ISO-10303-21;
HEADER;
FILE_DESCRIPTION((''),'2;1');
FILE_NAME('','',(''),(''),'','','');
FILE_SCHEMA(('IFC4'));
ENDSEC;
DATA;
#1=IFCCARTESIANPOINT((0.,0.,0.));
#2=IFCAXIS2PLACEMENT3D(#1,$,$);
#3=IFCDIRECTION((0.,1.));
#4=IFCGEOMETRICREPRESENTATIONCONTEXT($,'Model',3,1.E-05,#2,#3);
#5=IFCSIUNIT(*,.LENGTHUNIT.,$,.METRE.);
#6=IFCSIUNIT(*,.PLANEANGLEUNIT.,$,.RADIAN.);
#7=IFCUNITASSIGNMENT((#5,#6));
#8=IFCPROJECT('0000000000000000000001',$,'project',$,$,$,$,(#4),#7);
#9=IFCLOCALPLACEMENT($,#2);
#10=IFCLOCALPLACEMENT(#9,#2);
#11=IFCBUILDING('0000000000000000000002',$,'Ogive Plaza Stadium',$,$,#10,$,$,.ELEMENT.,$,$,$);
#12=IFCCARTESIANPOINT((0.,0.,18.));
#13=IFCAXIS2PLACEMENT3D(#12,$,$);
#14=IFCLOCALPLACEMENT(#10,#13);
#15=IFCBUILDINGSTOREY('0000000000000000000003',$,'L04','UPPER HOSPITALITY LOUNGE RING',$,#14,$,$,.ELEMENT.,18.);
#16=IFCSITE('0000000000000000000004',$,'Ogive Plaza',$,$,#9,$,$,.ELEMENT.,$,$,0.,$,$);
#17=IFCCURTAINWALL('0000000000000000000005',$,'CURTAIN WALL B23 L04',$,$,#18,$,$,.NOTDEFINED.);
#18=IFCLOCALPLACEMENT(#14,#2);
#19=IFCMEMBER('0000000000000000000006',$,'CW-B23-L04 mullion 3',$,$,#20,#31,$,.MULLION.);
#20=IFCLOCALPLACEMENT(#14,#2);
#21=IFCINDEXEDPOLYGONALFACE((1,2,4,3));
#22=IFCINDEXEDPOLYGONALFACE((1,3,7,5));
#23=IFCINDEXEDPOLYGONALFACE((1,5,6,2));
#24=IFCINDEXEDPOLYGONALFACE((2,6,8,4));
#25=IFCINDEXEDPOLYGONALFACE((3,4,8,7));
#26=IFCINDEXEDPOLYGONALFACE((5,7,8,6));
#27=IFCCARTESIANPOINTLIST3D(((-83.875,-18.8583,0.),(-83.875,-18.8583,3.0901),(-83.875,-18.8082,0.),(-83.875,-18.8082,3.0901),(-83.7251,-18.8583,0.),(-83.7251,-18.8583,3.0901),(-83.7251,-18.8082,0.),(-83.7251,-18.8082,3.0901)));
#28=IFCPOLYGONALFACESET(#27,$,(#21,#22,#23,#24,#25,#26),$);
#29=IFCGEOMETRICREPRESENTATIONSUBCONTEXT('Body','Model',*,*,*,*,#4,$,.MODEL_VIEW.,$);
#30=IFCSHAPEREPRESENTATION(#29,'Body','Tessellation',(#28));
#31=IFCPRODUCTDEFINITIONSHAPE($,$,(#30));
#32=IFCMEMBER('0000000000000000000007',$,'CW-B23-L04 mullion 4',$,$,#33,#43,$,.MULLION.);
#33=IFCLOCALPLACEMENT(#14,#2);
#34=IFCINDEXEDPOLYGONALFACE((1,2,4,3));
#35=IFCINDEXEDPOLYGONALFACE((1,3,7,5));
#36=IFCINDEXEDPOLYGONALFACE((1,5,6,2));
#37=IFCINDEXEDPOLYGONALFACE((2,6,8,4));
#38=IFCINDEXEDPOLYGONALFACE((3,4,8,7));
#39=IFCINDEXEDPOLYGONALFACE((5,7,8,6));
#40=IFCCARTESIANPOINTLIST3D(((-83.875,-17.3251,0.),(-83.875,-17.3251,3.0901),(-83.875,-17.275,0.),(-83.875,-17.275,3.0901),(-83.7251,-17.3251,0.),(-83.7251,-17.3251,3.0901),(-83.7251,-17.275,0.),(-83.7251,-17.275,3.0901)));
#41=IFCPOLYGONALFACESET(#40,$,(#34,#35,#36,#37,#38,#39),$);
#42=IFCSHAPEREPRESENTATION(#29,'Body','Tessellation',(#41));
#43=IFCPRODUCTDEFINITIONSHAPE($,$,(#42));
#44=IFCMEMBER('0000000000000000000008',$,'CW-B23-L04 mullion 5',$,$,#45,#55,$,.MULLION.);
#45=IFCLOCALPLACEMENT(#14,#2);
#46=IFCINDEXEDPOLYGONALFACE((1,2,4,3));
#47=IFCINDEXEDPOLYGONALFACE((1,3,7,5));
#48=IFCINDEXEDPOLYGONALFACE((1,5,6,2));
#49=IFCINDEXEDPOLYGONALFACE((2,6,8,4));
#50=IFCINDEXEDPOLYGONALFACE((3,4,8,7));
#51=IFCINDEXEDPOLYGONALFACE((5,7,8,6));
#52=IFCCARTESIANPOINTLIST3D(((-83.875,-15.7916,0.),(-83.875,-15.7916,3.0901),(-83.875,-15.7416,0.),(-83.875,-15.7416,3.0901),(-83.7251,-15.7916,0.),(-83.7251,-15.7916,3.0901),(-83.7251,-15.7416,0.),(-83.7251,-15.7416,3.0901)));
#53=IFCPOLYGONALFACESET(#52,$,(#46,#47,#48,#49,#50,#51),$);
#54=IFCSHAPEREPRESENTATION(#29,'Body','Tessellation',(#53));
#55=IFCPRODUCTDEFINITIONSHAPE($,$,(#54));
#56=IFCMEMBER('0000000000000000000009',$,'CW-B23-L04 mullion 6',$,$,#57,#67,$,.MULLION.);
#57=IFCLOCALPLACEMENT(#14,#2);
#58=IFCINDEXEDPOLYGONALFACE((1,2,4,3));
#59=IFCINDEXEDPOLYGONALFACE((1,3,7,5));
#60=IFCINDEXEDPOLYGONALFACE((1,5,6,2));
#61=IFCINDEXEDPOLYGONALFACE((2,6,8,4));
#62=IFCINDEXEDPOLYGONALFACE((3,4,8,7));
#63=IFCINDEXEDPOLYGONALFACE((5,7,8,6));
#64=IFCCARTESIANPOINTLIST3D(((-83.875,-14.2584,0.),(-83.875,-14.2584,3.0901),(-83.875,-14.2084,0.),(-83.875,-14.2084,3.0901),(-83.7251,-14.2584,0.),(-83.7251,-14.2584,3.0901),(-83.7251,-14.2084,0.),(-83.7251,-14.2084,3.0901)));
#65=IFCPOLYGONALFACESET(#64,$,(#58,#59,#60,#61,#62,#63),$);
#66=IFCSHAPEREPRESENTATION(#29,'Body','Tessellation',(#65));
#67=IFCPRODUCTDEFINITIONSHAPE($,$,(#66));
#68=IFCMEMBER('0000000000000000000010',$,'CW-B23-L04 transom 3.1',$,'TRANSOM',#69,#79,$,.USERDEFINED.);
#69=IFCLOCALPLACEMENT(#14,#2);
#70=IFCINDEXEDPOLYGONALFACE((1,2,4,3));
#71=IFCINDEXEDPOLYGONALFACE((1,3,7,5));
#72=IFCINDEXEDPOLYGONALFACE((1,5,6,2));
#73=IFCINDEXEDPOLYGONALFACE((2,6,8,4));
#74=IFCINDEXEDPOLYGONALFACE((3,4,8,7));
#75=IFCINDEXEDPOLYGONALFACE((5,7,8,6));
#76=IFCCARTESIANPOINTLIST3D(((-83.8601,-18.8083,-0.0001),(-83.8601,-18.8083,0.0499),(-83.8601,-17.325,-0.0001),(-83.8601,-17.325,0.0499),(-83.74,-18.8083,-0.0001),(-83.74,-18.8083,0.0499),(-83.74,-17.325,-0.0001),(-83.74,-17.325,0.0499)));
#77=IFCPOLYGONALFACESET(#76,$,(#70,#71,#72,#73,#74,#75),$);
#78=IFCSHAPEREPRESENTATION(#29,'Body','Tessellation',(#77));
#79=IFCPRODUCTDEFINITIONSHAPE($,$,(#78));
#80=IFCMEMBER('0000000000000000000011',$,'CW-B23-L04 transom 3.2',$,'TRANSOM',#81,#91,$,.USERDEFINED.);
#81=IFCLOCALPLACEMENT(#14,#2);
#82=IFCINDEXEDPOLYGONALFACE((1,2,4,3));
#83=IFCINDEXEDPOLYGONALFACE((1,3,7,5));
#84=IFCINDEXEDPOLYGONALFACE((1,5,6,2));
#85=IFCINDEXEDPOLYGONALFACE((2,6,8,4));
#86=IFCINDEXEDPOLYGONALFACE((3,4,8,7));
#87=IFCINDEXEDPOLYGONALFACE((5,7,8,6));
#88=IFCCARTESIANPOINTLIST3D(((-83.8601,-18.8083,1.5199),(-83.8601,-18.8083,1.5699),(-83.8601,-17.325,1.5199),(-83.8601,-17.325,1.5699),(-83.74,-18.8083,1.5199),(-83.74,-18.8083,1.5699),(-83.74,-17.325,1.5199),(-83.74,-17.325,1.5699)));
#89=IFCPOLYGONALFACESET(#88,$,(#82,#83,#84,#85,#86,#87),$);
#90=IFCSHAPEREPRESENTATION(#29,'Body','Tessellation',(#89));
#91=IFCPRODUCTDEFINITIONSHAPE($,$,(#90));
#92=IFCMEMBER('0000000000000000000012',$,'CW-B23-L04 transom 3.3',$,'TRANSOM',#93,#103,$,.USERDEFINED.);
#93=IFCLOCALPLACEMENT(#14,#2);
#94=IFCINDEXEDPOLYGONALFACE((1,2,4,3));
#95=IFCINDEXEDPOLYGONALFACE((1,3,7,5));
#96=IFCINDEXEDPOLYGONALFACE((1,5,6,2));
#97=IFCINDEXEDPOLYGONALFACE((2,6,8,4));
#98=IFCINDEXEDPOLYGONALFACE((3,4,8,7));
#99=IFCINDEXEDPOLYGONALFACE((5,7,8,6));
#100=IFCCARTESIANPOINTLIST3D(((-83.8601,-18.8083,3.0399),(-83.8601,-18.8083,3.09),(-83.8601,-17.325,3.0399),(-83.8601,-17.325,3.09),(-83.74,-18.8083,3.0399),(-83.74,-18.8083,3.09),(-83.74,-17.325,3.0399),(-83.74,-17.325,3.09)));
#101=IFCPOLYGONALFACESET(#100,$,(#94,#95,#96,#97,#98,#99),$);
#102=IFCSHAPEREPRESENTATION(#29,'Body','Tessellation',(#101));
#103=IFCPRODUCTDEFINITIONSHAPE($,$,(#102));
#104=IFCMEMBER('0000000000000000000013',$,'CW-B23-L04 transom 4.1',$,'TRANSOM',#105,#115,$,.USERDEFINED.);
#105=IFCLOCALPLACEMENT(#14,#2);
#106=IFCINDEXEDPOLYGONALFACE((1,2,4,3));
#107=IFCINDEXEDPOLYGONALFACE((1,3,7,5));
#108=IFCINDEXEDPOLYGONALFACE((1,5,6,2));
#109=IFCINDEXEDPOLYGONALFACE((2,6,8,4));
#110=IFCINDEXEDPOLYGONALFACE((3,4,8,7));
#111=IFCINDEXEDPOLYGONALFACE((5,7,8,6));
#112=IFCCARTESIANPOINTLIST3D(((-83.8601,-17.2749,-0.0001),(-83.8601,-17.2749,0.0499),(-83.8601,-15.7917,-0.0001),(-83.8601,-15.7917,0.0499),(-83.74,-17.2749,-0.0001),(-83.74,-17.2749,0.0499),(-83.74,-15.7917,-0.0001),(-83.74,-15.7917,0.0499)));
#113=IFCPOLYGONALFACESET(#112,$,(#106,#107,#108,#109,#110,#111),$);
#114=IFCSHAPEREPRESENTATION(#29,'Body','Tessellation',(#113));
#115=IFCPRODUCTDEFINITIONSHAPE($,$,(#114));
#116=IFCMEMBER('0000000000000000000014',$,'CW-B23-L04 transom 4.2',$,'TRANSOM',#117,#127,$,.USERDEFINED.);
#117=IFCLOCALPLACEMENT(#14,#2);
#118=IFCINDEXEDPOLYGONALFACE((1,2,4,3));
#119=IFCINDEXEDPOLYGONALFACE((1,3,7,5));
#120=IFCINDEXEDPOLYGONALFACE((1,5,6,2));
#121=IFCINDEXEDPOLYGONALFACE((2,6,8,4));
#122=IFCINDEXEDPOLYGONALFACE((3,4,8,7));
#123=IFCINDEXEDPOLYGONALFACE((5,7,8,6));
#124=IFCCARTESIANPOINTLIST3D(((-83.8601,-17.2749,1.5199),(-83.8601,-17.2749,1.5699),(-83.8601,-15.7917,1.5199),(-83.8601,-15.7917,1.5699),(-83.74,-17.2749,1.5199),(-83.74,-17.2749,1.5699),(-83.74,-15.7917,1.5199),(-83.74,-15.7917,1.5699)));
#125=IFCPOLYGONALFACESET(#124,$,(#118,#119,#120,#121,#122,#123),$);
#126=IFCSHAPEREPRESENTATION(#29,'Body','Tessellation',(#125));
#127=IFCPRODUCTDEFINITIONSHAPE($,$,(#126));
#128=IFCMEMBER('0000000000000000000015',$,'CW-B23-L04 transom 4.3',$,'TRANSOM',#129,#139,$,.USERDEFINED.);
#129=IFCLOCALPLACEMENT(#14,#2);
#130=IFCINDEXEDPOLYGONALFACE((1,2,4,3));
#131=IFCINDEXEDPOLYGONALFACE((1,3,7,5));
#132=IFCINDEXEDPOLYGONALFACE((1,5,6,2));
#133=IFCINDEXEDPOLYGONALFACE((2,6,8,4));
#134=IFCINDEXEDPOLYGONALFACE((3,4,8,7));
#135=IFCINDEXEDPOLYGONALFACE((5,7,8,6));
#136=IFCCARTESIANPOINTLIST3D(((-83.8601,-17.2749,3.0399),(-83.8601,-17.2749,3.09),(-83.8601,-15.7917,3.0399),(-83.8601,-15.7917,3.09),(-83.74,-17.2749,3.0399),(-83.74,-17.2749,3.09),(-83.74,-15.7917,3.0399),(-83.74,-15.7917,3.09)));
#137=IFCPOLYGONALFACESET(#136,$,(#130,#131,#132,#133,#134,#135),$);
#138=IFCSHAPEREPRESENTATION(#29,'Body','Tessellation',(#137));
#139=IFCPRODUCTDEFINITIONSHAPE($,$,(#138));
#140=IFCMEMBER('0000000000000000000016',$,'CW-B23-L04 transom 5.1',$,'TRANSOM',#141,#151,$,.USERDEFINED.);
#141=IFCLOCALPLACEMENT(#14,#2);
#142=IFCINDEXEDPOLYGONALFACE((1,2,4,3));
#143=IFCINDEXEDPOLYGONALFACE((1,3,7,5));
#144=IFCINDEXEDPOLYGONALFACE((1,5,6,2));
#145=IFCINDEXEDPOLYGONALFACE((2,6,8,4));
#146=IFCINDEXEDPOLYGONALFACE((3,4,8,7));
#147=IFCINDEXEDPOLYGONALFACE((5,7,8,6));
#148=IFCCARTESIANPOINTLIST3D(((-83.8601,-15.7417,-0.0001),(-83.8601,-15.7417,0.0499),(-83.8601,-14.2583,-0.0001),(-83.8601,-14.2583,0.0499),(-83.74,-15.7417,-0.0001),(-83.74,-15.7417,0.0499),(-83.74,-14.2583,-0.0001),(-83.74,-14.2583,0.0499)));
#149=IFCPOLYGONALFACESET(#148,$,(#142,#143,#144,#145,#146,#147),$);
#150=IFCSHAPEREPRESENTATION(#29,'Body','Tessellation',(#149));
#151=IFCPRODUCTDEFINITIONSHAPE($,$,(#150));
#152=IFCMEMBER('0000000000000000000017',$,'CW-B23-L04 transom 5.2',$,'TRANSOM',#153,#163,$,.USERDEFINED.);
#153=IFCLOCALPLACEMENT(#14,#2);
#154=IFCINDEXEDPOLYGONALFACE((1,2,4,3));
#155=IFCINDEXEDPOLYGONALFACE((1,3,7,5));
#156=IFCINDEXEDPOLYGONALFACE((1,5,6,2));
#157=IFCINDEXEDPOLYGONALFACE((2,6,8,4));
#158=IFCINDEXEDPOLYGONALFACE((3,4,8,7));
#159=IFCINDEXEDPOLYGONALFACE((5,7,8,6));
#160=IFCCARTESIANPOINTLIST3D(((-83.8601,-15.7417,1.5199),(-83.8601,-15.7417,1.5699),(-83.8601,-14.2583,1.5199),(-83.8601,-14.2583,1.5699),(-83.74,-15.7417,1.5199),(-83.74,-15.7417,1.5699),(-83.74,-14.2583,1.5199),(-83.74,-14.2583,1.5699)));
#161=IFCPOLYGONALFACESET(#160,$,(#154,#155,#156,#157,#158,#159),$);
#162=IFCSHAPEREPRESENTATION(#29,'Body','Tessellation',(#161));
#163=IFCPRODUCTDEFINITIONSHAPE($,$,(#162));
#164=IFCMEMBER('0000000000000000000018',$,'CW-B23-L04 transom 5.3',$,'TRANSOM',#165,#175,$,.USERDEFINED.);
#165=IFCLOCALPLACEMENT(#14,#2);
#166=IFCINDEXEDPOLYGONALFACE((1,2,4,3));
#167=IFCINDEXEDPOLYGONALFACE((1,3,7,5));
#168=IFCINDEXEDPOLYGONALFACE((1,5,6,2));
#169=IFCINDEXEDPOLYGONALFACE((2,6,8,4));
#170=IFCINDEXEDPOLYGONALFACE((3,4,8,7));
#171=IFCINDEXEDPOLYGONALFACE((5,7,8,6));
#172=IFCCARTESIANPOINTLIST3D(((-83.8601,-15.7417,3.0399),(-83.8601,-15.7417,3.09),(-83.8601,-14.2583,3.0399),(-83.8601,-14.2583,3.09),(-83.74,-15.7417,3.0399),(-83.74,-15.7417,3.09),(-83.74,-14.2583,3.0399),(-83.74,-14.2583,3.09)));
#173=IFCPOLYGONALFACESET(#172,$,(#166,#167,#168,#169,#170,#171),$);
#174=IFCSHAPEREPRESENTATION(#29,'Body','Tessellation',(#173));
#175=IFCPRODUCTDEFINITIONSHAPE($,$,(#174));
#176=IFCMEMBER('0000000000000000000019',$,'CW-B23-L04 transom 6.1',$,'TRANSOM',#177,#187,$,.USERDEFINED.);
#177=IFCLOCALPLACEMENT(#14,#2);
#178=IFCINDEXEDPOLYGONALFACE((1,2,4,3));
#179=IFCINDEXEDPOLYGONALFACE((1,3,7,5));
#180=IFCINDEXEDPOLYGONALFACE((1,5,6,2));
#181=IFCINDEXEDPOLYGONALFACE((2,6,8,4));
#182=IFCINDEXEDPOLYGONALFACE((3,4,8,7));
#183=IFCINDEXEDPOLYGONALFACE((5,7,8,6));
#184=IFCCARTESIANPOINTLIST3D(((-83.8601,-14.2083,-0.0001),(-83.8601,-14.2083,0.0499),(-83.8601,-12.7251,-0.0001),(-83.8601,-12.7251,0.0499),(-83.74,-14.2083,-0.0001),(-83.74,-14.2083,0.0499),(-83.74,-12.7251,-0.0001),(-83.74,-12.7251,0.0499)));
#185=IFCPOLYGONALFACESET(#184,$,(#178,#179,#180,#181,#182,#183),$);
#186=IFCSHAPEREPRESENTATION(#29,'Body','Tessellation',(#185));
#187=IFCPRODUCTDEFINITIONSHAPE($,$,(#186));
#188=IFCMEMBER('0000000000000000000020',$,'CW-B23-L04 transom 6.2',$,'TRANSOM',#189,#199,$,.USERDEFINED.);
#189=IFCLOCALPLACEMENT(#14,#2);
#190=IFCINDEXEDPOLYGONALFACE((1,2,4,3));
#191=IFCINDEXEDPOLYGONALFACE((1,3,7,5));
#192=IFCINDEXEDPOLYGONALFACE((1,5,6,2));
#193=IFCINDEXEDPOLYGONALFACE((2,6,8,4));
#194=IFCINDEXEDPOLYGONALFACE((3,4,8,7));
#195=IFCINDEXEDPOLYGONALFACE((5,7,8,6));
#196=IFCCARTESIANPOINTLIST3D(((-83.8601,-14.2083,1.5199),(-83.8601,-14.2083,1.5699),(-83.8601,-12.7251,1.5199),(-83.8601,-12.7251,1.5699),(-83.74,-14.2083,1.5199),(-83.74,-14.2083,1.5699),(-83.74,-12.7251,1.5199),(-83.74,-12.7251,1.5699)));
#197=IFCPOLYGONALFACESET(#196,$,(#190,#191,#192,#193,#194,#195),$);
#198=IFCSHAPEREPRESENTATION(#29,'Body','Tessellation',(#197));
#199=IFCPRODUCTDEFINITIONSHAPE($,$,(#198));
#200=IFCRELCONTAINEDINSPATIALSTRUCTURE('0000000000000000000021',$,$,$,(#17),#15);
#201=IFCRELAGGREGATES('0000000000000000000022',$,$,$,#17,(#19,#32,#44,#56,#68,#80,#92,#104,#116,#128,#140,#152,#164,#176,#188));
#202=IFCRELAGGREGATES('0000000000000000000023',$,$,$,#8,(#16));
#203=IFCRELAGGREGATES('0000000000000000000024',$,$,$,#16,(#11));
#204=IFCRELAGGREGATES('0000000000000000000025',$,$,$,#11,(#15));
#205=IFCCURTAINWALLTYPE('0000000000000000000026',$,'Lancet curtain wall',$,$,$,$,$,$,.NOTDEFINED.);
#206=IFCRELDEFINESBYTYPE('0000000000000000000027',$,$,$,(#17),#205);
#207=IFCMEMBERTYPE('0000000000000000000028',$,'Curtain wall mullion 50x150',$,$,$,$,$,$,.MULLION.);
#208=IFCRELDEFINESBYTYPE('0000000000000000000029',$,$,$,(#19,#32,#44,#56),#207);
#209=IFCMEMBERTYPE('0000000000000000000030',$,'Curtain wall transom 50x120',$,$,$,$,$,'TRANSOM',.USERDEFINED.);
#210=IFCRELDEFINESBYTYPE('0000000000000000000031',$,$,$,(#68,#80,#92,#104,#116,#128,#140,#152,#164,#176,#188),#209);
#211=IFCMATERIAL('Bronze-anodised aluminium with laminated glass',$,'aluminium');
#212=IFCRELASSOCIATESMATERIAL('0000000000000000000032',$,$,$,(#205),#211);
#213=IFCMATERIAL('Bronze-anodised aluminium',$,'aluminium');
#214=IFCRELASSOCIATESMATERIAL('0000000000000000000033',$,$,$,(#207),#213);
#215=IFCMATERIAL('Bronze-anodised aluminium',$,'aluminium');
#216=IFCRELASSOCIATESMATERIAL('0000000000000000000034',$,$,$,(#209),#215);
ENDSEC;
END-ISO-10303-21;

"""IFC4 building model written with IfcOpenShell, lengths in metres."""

from ifc_helpers import new_model, si_unit, direction, frame, origin, origin_2d, place, context, subcontext, project, spatial, rectangle, extrude, material, material_profile, profile_set, type_object, element, aggregate, save


model = new_model("IFC4")

# Units and contexts
model_context = context("Model", 3, precision=1e-05, world=origin(), true_north=direction((0.0, 1.0)))
body_context = subcontext(model_context, "Body", "Model", "MODEL_VIEW")
ifc_project = project(units=[si_unit("LENGTHUNIT", "METRE"), si_unit("PLANEANGLEUNIT", "RADIAN")], contexts=[model_context])

# Site, building, storey
site_placement = place(None, origin())
site = spatial("IfcSite", under=ifc_project, at=site_placement, Name="Ogive Plaza", CompositionType="ELEMENT", RefElevation=0.0)
building_placement = place(site_placement, origin())
building = spatial("IfcBuilding", under=site, at=building_placement, Name="Ogive Plaza Stadium", CompositionType="ELEMENT")
storey_placement = place(building_placement, frame((0.0, 0.0, 18.0)))
storey = spatial("IfcBuildingStorey", under=building, at=storey_placement, Name="L04", Description="UPPER HOSPITALITY LOUNGE RING", CompositionType="ELEMENT", Elevation=18.0)

# Curtain wall, members
ifc_material_1 = material(Name="Bronze-anodised aluminium with laminated glass", Category="aluminium")
curtain_wall_type = type_object("IfcCurtainWallType", Name="Lancet curtain wall", PredefinedType="NOTDEFINED", material=ifc_material_1)
curtain_wall_placement = place(storey_placement, origin())
curtain_wall = element("IfcCurtainWall", 1, at=curtain_wall_placement, inside=storey, type_object=curtain_wall_type, Name="CURTAIN WALL B23 L04", PredefinedType="NOTDEFINED")
ifc_material_2 = material(Name="Bronze-anodised aluminium", Category="aluminium")
ifc_material_profile_1 = material_profile(ifc_material_2, rectangle(XDim=0.1499, YDim=0.05, at=origin_2d()), Name="AL 150x50")
ifc_profile_set_1 = profile_set([ifc_material_profile_1], Name="Bronze-anodised aluminium")
member_type_1 = type_object("IfcMemberType", Name="Curtain wall mullion 50x150", PredefinedType="MULLION", material=ifc_profile_set_1)
member_1_placement = place(storey_placement, frame((-83.8, -18.8333, 0.0), z_axis=(0.0, 0.0, 1.0), x_axis=(-1.0, 0.0, 0.0)))
member_1 = element("IfcMember", 2, at=member_1_placement, type_object=member_type_1, Name="CW-B23-L04 mullion 3", PredefinedType="MULLION", context=body_context, shape_type="SweptSolid", body=[
    extrude(rectangle(XDim=0.1499, YDim=0.05, at=origin_2d()), origin(), (0.0, 0.0, 1.0), 3.0901),
])
member_2_placement = place(storey_placement, frame((-83.8, -17.3, 0.0), z_axis=(0.0, 0.0, 1.0), x_axis=(-1.0, 0.0, 0.0)))
member_2 = element("IfcMember", 3, at=member_2_placement, type_object=member_type_1, Name="CW-B23-L04 mullion 4", PredefinedType="MULLION", context=body_context, shape_type="SweptSolid", body=[
    extrude(rectangle(XDim=0.1499, YDim=0.05, at=origin_2d()), origin(), (0.0, 0.0, 1.0), 3.0901),
])
member_3_placement = place(storey_placement, frame((-83.8, -15.7666, 0.0), z_axis=(0.0, 0.0, 1.0), x_axis=(-1.0, 0.0, 0.0)))
member_3 = element("IfcMember", 4, at=member_3_placement, type_object=member_type_1, Name="CW-B23-L04 mullion 5", PredefinedType="MULLION", context=body_context, shape_type="SweptSolid", body=[
    extrude(rectangle(XDim=0.1499, YDim=0.05, at=origin_2d()), origin(), (0.0, 0.0, 1.0), 3.0901),
])
member_4_placement = place(storey_placement, frame((-83.8, -14.2334, 0.0), z_axis=(0.0, 0.0, 1.0), x_axis=(-1.0, 0.0, 0.0)))
member_4 = element("IfcMember", 5, at=member_4_placement, type_object=member_type_1, Name="CW-B23-L04 mullion 6", PredefinedType="MULLION", context=body_context, shape_type="SweptSolid", body=[
    extrude(rectangle(XDim=0.1499, YDim=0.05, at=origin_2d()), origin(), (0.0, 0.0, 1.0), 3.0901),
])
ifc_material_3 = material(Name="Bronze-anodised aluminium", Category="aluminium")
ifc_material_profile_2 = material_profile(ifc_material_3, rectangle(XDim=0.1201, YDim=0.05, at=origin_2d()), Name="AL 120x50")
ifc_profile_set_2 = profile_set([ifc_material_profile_2], Name="Bronze-anodised aluminium")
member_type_2 = type_object("IfcMemberType", Name="Curtain wall transom 50x120", ElementType="TRANSOM", PredefinedType="USERDEFINED", material=ifc_profile_set_2)
member_5_placement = place(storey_placement, frame((-83.8, -18.8083, 0.0249), z_axis=(0.0, 1.0, 0.0), x_axis=(-1.0, 0.0, 0.0)))
member_5 = element("IfcMember", 6, at=member_5_placement, type_object=member_type_2, Name="CW-B23-L04 transom 3.1", ObjectType="TRANSOM", PredefinedType="USERDEFINED", context=body_context, shape_type="SweptSolid", body=[
    extrude(rectangle(XDim=0.1201, YDim=0.05, at=origin_2d()), origin(), (0.0, 0.0, 1.0), 1.4834),
])
member_6_placement = place(storey_placement, frame((-83.8, -18.8083, 1.5449), z_axis=(0.0, 1.0, 0.0), x_axis=(-1.0, 0.0, 0.0)))
member_6 = element("IfcMember", 7, at=member_6_placement, type_object=member_type_2, Name="CW-B23-L04 transom 3.2", ObjectType="TRANSOM", PredefinedType="USERDEFINED", context=body_context, shape_type="SweptSolid", body=[
    extrude(rectangle(XDim=0.1201, YDim=0.05, at=origin_2d()), origin(), (0.0, 0.0, 1.0), 1.4834),
])
member_7_placement = place(storey_placement, frame((-83.8, -18.8083, 3.0649), z_axis=(0.0, 1.0, 0.0), x_axis=(-1.0, 0.0, 0.0)))
member_7 = element("IfcMember", 8, at=member_7_placement, type_object=member_type_2, Name="CW-B23-L04 transom 3.3", ObjectType="TRANSOM", PredefinedType="USERDEFINED", context=body_context, shape_type="SweptSolid", body=[
    extrude(rectangle(XDim=0.1201, YDim=0.05, at=origin_2d()), origin(), (0.0, 0.0, 1.0), 1.4834),
])
member_8_placement = place(storey_placement, frame((-83.8, -17.2749, 0.0249), z_axis=(0.0, 1.0, 0.0), x_axis=(-1.0, 0.0, 0.0)))
member_8 = element("IfcMember", 9, at=member_8_placement, type_object=member_type_2, Name="CW-B23-L04 transom 4.1", ObjectType="TRANSOM", PredefinedType="USERDEFINED", context=body_context, shape_type="SweptSolid", body=[
    extrude(rectangle(XDim=0.1201, YDim=0.05, at=origin_2d()), origin(), (0.0, 0.0, 1.0), 1.4832),
])
member_9_placement = place(storey_placement, frame((-83.8, -17.2749, 1.5449), z_axis=(0.0, 1.0, 0.0), x_axis=(-1.0, 0.0, 0.0)))
member_9 = element("IfcMember", 10, at=member_9_placement, type_object=member_type_2, Name="CW-B23-L04 transom 4.2", ObjectType="TRANSOM", PredefinedType="USERDEFINED", context=body_context, shape_type="SweptSolid", body=[
    extrude(rectangle(XDim=0.1201, YDim=0.05, at=origin_2d()), origin(), (0.0, 0.0, 1.0), 1.4832),
])
member_10_placement = place(storey_placement, frame((-83.8, -17.2749, 3.0649), z_axis=(0.0, 1.0, 0.0), x_axis=(-1.0, 0.0, 0.0)))
member_10 = element("IfcMember", 11, at=member_10_placement, type_object=member_type_2, Name="CW-B23-L04 transom 4.3", ObjectType="TRANSOM", PredefinedType="USERDEFINED", context=body_context, shape_type="SweptSolid", body=[
    extrude(rectangle(XDim=0.1201, YDim=0.05, at=origin_2d()), origin(), (0.0, 0.0, 1.0), 1.4832),
])
member_11_placement = place(storey_placement, frame((-83.8, -15.7417, 0.0249), z_axis=(0.0, 1.0, 0.0), x_axis=(-1.0, 0.0, 0.0)))
member_11 = element("IfcMember", 12, at=member_11_placement, type_object=member_type_2, Name="CW-B23-L04 transom 5.1", ObjectType="TRANSOM", PredefinedType="USERDEFINED", context=body_context, shape_type="SweptSolid", body=[
    extrude(rectangle(XDim=0.1201, YDim=0.05, at=origin_2d()), origin(), (0.0, 0.0, 1.0), 1.4834),
])
member_12_placement = place(storey_placement, frame((-83.8, -15.7417, 1.5449), z_axis=(0.0, 1.0, 0.0), x_axis=(-1.0, 0.0, 0.0)))
member_12 = element("IfcMember", 13, at=member_12_placement, type_object=member_type_2, Name="CW-B23-L04 transom 5.2", ObjectType="TRANSOM", PredefinedType="USERDEFINED", context=body_context, shape_type="SweptSolid", body=[
    extrude(rectangle(XDim=0.1201, YDim=0.05, at=origin_2d()), origin(), (0.0, 0.0, 1.0), 1.4834),
])
member_13_placement = place(storey_placement, frame((-83.8, -15.7417, 3.0649), z_axis=(0.0, 1.0, 0.0), x_axis=(-1.0, 0.0, 0.0)))
member_13 = element("IfcMember", 14, at=member_13_placement, type_object=member_type_2, Name="CW-B23-L04 transom 5.3", ObjectType="TRANSOM", PredefinedType="USERDEFINED", context=body_context, shape_type="SweptSolid", body=[
    extrude(rectangle(XDim=0.1201, YDim=0.05, at=origin_2d()), origin(), (0.0, 0.0, 1.0), 1.4834),
])
member_14_placement = place(storey_placement, frame((-83.8, -14.2083, 0.0249), z_axis=(0.0, 1.0, 0.0), x_axis=(-1.0, 0.0, 0.0)))
member_14 = element("IfcMember", 15, at=member_14_placement, type_object=member_type_2, Name="CW-B23-L04 transom 6.1", ObjectType="TRANSOM", PredefinedType="USERDEFINED", context=body_context, shape_type="SweptSolid", body=[
    extrude(rectangle(XDim=0.1201, YDim=0.05, at=origin_2d()), origin(), (0.0, 0.0, 1.0), 1.4832),
])
member_15_placement = place(storey_placement, frame((-83.8, -14.2083, 1.5449), z_axis=(0.0, 1.0, 0.0), x_axis=(-1.0, 0.0, 0.0)))
member_15 = element("IfcMember", 16, at=member_15_placement, type_object=member_type_2, Name="CW-B23-L04 transom 6.2", ObjectType="TRANSOM", PredefinedType="USERDEFINED", context=body_context, shape_type="SweptSolid", body=[
    extrude(rectangle(XDim=0.1201, YDim=0.05, at=origin_2d()), origin(), (0.0, 0.0, 1.0), 1.4832),
])
aggregate(curtain_wall, [member_1, member_2, member_3, member_4, member_5, member_6, member_7, member_8, member_9, member_10, member_11, member_12, member_13, member_14, member_15])

save(model, "model.ifc")
